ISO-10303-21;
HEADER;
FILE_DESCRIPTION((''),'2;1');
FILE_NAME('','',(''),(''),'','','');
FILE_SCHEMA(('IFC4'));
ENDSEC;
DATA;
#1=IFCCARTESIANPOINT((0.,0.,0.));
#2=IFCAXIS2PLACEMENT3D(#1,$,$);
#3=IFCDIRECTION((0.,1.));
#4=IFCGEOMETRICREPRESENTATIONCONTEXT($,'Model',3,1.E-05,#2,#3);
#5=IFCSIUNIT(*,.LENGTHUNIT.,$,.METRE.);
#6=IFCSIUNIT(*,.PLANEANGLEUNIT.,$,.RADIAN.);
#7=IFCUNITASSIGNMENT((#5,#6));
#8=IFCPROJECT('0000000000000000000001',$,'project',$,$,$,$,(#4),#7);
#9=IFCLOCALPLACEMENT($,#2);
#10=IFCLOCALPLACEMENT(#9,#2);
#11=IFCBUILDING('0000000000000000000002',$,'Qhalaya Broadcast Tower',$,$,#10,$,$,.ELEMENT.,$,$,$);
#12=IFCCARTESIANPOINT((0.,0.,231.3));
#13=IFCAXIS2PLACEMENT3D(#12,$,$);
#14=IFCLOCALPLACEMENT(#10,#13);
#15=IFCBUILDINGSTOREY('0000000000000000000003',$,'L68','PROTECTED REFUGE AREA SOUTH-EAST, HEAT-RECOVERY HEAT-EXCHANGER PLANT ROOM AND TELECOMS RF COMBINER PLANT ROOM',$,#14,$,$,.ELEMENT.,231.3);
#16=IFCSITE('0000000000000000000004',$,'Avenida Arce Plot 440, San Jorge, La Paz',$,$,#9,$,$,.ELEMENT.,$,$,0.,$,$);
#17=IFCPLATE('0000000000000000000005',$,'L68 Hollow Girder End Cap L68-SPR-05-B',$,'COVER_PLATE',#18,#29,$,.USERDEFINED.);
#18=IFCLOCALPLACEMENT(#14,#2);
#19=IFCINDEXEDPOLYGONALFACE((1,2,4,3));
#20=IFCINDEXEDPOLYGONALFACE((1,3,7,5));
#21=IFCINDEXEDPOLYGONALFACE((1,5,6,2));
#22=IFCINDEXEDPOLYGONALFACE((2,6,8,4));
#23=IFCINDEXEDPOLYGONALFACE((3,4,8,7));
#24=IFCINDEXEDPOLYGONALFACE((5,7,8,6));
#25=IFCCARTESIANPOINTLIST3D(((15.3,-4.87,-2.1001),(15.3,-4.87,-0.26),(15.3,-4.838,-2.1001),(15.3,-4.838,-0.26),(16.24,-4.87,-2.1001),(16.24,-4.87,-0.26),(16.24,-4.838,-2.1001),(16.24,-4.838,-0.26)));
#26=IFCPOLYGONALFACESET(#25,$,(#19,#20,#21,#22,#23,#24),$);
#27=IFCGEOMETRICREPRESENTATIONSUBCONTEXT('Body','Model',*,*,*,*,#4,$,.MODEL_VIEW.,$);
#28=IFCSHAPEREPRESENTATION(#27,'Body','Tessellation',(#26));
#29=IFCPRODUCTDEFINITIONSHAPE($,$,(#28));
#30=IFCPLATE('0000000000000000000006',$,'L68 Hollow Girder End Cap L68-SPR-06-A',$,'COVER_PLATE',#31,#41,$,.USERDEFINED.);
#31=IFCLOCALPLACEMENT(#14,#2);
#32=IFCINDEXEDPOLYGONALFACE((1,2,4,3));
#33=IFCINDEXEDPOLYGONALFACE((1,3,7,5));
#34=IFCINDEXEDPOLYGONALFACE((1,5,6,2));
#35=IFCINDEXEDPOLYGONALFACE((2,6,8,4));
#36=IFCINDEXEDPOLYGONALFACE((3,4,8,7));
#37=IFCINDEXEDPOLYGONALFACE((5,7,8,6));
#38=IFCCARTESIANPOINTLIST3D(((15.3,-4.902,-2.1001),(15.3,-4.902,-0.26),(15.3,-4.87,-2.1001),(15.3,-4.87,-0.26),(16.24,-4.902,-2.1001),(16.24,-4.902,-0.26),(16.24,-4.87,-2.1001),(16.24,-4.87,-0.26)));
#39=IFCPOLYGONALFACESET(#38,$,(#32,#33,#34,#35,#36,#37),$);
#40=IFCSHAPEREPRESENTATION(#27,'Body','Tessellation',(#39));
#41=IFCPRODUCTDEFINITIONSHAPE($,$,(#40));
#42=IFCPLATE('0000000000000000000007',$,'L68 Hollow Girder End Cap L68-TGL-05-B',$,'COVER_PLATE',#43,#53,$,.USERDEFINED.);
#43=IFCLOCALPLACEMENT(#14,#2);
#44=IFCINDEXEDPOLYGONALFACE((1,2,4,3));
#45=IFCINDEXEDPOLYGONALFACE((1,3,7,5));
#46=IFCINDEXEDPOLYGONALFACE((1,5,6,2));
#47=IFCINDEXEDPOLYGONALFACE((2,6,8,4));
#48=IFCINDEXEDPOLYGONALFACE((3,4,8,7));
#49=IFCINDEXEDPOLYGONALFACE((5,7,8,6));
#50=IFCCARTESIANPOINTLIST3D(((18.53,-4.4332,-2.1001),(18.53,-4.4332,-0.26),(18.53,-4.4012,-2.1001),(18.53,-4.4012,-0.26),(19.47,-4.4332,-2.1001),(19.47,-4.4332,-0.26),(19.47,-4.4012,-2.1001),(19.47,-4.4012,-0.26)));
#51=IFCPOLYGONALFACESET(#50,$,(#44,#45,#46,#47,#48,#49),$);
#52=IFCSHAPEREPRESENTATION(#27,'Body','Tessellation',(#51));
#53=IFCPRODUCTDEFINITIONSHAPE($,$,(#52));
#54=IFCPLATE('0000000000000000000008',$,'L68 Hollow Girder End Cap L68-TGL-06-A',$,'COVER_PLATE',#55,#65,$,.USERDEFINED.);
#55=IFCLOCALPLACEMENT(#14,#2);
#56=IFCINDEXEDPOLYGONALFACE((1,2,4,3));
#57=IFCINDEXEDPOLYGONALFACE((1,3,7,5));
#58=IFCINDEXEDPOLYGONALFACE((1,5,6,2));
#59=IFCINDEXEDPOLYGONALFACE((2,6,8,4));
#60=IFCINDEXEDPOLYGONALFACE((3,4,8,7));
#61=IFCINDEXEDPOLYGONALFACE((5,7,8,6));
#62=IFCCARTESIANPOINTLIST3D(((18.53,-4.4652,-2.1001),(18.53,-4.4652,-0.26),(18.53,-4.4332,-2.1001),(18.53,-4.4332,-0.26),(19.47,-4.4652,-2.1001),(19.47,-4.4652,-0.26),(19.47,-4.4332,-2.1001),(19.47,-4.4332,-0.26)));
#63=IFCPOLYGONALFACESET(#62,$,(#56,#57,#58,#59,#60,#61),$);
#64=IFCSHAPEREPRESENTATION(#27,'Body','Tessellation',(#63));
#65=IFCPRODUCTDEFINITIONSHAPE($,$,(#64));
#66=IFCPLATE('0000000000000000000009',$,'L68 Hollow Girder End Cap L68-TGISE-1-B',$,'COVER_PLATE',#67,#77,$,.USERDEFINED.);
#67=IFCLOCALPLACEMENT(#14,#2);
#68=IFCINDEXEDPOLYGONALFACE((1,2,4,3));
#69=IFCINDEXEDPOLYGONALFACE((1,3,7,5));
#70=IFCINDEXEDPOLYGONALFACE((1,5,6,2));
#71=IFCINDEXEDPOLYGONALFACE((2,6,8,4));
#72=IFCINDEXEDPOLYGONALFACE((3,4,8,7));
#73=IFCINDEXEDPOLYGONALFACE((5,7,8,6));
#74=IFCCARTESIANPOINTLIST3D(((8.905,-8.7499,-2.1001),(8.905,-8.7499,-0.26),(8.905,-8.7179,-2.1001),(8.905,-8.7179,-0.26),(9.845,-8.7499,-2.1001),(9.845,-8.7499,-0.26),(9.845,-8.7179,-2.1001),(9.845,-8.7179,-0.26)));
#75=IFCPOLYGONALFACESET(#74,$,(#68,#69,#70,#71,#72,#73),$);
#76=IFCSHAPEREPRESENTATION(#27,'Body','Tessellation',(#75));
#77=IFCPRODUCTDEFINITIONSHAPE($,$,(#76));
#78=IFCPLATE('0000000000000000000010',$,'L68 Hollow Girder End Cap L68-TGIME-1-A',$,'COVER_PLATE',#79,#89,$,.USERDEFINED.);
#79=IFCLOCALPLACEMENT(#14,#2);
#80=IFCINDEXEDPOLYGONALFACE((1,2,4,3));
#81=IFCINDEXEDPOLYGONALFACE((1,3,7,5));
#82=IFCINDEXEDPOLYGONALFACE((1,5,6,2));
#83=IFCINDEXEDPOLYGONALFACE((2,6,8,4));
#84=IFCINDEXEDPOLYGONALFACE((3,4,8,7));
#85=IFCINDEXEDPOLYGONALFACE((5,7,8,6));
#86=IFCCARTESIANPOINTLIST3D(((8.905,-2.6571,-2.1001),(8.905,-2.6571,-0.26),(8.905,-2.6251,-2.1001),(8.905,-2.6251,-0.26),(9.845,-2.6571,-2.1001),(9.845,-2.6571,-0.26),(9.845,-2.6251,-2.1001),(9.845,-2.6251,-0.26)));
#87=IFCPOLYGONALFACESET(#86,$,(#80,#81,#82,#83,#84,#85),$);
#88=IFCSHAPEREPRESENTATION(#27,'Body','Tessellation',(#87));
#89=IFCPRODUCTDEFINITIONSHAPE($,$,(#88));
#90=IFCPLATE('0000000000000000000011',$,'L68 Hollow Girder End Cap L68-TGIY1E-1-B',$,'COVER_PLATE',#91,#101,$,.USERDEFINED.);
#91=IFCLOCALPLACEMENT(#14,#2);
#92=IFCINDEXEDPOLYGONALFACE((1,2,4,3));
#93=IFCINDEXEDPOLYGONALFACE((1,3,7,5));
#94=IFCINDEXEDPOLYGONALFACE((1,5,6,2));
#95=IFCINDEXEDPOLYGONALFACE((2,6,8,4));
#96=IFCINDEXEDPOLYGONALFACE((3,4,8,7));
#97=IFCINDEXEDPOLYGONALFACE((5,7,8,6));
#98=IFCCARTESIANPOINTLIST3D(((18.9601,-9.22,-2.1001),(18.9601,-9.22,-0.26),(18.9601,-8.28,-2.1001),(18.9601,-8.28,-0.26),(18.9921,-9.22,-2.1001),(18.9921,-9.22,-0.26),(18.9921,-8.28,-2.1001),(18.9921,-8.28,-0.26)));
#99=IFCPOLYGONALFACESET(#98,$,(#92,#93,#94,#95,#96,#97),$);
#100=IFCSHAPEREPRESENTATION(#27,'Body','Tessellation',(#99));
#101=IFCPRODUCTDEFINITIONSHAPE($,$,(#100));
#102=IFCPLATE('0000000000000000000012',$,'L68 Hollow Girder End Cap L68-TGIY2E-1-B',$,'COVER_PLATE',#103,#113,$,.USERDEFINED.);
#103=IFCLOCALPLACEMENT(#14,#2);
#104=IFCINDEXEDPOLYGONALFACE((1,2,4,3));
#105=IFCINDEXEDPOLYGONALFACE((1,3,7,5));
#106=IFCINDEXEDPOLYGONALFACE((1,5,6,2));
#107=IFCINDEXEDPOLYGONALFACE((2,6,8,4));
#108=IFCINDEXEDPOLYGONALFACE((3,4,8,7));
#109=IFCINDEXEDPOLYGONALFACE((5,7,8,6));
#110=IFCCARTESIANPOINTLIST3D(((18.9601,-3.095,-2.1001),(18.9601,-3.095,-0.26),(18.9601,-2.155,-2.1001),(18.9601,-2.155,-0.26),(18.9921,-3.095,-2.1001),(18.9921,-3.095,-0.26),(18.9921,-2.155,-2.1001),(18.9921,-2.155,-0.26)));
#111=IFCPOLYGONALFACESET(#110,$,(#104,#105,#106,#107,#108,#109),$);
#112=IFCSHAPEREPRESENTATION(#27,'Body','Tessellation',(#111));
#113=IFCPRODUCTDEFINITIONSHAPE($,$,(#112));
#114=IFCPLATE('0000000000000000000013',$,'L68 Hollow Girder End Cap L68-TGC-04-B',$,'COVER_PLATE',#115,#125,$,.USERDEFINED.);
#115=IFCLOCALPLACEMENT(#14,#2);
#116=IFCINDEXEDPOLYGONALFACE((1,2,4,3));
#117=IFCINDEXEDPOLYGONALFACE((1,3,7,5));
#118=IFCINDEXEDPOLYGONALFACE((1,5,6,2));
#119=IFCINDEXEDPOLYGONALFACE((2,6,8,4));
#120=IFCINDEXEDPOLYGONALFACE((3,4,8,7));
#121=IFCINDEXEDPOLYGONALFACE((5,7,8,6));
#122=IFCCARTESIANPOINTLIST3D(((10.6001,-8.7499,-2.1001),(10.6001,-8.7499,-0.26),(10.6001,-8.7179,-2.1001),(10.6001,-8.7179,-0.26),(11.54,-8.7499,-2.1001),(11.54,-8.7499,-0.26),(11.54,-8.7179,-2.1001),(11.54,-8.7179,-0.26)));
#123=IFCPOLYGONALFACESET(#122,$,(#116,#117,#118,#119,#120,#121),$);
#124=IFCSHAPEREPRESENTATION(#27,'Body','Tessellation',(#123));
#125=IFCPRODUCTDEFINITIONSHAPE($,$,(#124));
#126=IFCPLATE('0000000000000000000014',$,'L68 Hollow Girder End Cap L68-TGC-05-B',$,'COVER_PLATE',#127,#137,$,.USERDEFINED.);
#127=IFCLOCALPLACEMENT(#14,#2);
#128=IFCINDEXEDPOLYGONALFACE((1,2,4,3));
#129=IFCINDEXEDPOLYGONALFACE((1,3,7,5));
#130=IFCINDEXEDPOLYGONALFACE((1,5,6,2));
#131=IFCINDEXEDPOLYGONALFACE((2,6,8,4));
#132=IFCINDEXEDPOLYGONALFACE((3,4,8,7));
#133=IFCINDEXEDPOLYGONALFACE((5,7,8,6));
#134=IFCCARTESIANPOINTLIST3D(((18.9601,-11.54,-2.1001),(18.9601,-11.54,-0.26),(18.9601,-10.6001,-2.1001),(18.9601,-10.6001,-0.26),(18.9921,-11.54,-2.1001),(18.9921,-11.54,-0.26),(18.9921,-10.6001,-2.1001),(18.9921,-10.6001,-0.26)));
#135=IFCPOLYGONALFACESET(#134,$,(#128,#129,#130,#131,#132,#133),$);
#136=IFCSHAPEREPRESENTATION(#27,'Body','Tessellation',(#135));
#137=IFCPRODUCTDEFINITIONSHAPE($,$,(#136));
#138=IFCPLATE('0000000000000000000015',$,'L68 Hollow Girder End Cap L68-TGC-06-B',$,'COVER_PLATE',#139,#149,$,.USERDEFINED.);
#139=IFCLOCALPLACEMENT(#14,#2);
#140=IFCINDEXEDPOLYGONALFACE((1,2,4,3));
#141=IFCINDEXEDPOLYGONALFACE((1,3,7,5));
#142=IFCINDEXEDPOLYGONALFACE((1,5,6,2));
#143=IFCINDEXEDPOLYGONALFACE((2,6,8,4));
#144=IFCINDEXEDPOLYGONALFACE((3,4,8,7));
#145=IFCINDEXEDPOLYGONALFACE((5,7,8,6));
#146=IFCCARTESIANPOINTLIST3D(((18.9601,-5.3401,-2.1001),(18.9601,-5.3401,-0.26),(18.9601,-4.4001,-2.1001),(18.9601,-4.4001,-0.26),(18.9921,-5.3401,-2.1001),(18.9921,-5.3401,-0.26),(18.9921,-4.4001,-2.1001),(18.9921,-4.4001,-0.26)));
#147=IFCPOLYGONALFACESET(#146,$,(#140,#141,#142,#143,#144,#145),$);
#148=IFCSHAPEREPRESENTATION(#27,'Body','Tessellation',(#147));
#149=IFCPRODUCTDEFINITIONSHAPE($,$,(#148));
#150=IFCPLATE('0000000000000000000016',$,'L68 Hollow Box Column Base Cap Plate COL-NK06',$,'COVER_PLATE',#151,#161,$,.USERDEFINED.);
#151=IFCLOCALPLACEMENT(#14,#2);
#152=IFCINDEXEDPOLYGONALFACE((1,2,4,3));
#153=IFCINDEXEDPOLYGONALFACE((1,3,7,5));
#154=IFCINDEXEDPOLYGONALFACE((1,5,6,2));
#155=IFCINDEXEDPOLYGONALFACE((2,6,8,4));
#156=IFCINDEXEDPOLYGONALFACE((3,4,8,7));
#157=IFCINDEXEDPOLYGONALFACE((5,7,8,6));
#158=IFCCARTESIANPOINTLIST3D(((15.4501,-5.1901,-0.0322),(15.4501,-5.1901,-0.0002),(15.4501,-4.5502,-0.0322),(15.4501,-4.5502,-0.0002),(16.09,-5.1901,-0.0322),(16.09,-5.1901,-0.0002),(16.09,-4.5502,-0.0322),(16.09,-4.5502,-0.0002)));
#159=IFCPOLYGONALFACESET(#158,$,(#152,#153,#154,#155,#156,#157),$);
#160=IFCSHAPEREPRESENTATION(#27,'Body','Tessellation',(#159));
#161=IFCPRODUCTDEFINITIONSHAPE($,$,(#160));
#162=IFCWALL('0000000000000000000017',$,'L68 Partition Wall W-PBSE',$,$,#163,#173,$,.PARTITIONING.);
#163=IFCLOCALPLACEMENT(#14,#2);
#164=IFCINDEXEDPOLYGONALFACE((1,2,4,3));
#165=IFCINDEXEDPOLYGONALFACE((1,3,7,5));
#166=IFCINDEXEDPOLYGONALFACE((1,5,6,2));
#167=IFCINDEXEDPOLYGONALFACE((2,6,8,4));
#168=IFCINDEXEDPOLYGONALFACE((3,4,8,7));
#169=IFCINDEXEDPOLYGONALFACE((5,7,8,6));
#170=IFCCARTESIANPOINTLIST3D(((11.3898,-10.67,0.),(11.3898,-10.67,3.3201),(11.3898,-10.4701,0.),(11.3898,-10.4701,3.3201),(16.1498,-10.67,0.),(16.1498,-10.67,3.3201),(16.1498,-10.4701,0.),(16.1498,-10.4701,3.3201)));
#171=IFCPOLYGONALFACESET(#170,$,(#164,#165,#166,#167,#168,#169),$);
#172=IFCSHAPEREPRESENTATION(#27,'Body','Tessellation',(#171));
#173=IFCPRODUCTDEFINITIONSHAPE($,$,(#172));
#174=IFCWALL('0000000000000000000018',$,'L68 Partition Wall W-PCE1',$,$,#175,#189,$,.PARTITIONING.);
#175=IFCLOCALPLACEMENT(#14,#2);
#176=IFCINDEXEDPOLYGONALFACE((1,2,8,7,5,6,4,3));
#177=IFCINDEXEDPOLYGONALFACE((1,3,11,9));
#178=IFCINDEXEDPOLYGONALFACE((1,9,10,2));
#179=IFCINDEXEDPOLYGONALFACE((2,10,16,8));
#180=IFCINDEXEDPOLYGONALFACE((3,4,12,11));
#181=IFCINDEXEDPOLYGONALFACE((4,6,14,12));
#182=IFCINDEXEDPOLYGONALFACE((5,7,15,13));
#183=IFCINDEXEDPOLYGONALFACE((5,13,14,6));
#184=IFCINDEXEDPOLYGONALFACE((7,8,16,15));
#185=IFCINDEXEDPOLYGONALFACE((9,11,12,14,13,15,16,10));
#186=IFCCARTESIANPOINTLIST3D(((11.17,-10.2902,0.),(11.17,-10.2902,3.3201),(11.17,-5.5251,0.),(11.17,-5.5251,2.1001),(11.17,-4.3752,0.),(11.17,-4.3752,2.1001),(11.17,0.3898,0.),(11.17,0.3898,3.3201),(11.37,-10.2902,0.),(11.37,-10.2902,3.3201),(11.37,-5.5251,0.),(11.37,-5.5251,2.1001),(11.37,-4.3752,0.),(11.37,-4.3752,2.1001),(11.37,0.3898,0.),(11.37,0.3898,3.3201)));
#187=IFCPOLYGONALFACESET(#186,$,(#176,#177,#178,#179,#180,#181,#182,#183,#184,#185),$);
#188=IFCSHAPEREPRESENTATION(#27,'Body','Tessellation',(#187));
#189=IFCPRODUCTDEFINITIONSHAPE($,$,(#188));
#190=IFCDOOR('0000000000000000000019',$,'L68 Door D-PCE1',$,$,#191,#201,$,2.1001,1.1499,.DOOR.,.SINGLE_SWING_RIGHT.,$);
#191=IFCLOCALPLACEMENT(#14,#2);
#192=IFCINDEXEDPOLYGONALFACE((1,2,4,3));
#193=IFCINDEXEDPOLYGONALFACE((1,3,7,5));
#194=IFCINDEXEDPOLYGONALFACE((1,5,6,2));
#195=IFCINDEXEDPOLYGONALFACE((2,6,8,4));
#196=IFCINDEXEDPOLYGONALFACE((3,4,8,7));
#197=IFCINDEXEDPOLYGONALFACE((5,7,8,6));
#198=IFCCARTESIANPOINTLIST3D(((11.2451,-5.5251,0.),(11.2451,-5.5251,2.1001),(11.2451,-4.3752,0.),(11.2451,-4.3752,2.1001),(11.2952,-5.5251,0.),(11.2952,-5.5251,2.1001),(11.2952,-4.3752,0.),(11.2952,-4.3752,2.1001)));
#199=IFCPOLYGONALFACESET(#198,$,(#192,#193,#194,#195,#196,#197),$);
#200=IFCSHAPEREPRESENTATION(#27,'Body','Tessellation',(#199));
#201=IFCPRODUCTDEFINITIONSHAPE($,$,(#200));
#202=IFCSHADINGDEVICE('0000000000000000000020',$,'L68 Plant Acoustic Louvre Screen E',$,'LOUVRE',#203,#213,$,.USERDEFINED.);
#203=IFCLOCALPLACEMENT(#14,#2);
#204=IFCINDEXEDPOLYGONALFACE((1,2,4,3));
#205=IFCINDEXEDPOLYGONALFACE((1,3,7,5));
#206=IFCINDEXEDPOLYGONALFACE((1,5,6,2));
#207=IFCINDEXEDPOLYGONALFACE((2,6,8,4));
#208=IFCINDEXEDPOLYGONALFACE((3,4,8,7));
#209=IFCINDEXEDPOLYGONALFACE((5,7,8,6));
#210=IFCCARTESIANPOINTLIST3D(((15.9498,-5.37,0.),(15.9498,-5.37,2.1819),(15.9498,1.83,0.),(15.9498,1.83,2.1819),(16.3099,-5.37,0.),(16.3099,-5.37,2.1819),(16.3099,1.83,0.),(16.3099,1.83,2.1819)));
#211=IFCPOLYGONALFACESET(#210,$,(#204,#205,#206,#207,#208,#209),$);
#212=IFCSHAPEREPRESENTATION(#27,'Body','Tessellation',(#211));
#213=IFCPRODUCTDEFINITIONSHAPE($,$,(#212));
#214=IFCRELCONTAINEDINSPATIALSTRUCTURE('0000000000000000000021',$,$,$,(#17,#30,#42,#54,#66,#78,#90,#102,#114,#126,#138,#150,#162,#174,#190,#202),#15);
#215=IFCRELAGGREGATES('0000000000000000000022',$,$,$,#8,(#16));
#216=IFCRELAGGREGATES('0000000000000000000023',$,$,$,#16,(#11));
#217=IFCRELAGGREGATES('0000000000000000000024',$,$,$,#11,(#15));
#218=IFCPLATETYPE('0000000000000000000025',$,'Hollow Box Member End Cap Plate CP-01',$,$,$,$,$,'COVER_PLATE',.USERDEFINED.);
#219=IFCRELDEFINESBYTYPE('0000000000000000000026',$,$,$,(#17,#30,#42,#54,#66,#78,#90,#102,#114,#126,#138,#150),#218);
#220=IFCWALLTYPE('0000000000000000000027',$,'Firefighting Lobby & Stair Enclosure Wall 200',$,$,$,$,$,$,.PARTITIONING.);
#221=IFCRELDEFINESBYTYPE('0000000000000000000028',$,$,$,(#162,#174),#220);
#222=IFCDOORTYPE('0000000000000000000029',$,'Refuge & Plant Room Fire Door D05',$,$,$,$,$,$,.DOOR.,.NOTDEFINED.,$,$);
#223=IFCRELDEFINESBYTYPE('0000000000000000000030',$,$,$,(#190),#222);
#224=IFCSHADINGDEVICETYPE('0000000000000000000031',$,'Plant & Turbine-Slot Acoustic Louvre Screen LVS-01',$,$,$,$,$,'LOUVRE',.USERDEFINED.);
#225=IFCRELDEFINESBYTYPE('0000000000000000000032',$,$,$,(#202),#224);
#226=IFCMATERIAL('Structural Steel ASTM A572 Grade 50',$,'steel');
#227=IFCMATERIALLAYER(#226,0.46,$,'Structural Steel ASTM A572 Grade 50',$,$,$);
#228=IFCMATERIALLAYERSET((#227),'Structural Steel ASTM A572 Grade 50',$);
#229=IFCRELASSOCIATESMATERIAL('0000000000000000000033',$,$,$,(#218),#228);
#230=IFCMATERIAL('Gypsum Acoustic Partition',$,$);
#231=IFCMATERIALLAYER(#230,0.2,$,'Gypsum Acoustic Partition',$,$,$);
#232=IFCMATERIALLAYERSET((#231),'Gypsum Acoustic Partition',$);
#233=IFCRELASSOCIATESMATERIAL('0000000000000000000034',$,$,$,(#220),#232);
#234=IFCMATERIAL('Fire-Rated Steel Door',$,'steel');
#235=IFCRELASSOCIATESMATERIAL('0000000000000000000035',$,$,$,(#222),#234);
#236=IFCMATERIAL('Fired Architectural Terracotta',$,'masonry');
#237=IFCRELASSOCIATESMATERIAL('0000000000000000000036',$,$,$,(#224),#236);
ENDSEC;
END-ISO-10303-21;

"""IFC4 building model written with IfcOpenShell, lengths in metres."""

from ifc_helpers import new_model, si_unit, direction, frame, frame_2d, origin, origin_2d, place, context, subcontext, project, spatial, rectangle, extrude, material, layer, layer_set, type_object, element, fill, save


model = new_model("IFC4")

# Units and contexts
model_context = context("Model", 3, precision=1e-05, world=origin(), true_north=direction((0.0, 1.0)))
body_context = subcontext(model_context, "Body", "Model", "MODEL_VIEW")
ifc_project = project(units=[si_unit("LENGTHUNIT", "METRE"), si_unit("PLANEANGLEUNIT", "RADIAN")], contexts=[model_context])

# Site, building, storey
site_placement = place(None, origin())
site = spatial("IfcSite", under=ifc_project, at=site_placement, Name="Avenida Arce Plot 440, San Jorge, La Paz", CompositionType="ELEMENT", RefElevation=0.0)
building_placement = place(site_placement, origin())
building = spatial("IfcBuilding", under=site, at=building_placement, Name="Qhalaya Broadcast Tower", CompositionType="ELEMENT")
storey_placement = place(building_placement, frame((0.0, 0.0, 231.3)))
storey = spatial("IfcBuildingStorey", under=building, at=storey_placement, Name="L68", Description="PROTECTED REFUGE AREA SOUTH-EAST, HEAT-RECOVERY HEAT-EXCHANGER PLANT ROOM AND TELECOMS RF COMBINER PLANT ROOM", CompositionType="ELEMENT", Elevation=231.3)

# Shared definitions
ifc_material_1 = material(Name="Structural Steel ASTM A572 Grade 50", Category="steel")

# Plates
ifc_layer_1 = layer(ifc_material_1, 0.46, Name="Structural Steel ASTM A572 Grade 50")
ifc_layer_set_1 = layer_set([ifc_layer_1], Name="Structural Steel ASTM A572 Grade 50")
plate_type = type_object("IfcPlateType", Name="Hollow Box Member End Cap Plate CP-01", ElementType="COVER_PLATE", PredefinedType="USERDEFINED", material=ifc_layer_set_1)
for number, where, z_axis, x_axis, name in (
    (1, (15.77, -4.854, -2.1001), (0.0, 0.0, 1.0), (-1.0, 0.0, 0.0), "L68 Hollow Girder End Cap L68-SPR-05-B"),
    (2, (15.77, -4.886, -2.1001), (0.0, 0.0, 1.0), (-1.0, 0.0, 0.0), "L68 Hollow Girder End Cap L68-SPR-06-A"),
    (3, (19.0, -4.4172, -2.1001), (0.0, 0.0, 1.0), (-1.0, 0.0, 0.0), "L68 Hollow Girder End Cap L68-TGL-05-B"),
    (4, (19.0, -4.4492, -2.1001), (0.0, 0.0, 1.0), (-1.0, 0.0, 0.0), "L68 Hollow Girder End Cap L68-TGL-06-A"),
    (5, (9.375, -8.7339, -2.1001), (0.0, 0.0, 1.0), (-1.0, 0.0, 0.0), "L68 Hollow Girder End Cap L68-TGISE-1-B"),
    (6, (9.375, -2.6411, -2.1001), (0.0, 0.0, 1.0), (-1.0, 0.0, 0.0), "L68 Hollow Girder End Cap L68-TGIME-1-A"),
    (7, (18.9761, -8.75, -2.1001), (0.0, 0.0, 1.0), (0.0, 1.0, 0.0), "L68 Hollow Girder End Cap L68-TGIY1E-1-B"),
    (8, (18.9761, -2.625, -2.1001), (0.0, 0.0, 1.0), (0.0, 1.0, 0.0), "L68 Hollow Girder End Cap L68-TGIY2E-1-B"),
    (9, (11.0701, -8.7339, -2.1001), (0.0, 0.0, 1.0), (-1.0, 0.0, 0.0), "L68 Hollow Girder End Cap L68-TGC-04-B"),
    (10, (18.9761, -11.0701, -2.1001), (0.0, 0.0, 1.0), (0.0, 1.0, 0.0), "L68 Hollow Girder End Cap L68-TGC-05-B"),
    (11, (18.9761, -4.8701, -2.1001), (0.0, 0.0, 1.0), (0.0, 1.0, 0.0), "L68 Hollow Girder End Cap L68-TGC-06-B"),
):
    element("IfcPlate", number, at=place(storey_placement, frame(where, z_axis=z_axis, x_axis=x_axis)), inside=storey, type_object=plate_type, Name=name, ObjectType="COVER_PLATE", PredefinedType="USERDEFINED", context=body_context, shape_type="SweptSolid", body=[
        extrude(rectangle(XDim=0.9399, YDim=0.032, at=origin_2d()), origin(), (0.0, 0.0, 1.0), 1.8401),
    ])
plate_placement = place(storey_placement, frame((15.77, -4.8701, -0.0322), z_axis=(0.0, 0.0, 1.0), x_axis=(0.0, 1.0, 0.0)))
element("IfcPlate", 12, at=plate_placement, inside=storey, type_object=plate_type, Name="L68 Hollow Box Column Base Cap Plate COL-NK06", ObjectType="COVER_PLATE", PredefinedType="USERDEFINED", context=body_context, shape_type="SweptSolid", body=[
    extrude(rectangle(XDim=0.6399, YDim=0.6399, at=origin_2d()), origin(), (0.0, 0.0, 1.0), 0.032),
])

# Wall
ifc_material_2 = material(Name="Gypsum Acoustic Partition")
ifc_layer_2 = layer(ifc_material_2, 0.2, Name="Gypsum Acoustic Partition")
ifc_layer_set_2 = layer_set([ifc_layer_2], Name="Gypsum Acoustic Partition")
wall_type = type_object("IfcWallType", Name="Firefighting Lobby & Stair Enclosure Wall 200", PredefinedType="PARTITIONING", material=ifc_layer_set_2)
wall_1_placement = place(storey_placement, frame((11.3899, -10.5701, 0.0), z_axis=(0.0, 0.0, 1.0), x_axis=(1.0, 0.0, 0.0)))
element("IfcWall", 13, at=wall_1_placement, inside=storey, type_object=wall_type, Name="L68 Partition Wall W-PBSE", PredefinedType="PARTITIONING", context=body_context, shape_type="SweptSolid", body=[
    extrude(rectangle(XDim=4.76, YDim=0.2, at=frame_2d((2.3799, 0.0))), origin(), (0.0, 0.0, 1.0), 3.3201),
])

# Wall, opening, door
wall_2_placement = place(storey_placement, frame((11.27, -10.29, 0.0), z_axis=(0.0, 0.0, 1.0), x_axis=(0.0, 1.0, 0.0)))
wall_2 = element("IfcWall", 14, at=wall_2_placement, inside=storey, type_object=wall_type, Name="L68 Partition Wall W-PCE1", PredefinedType="PARTITIONING", context=body_context, shape_type="SweptSolid", body=[
    extrude(rectangle(XDim=10.6799, YDim=0.2, at=frame_2d((5.3398, 0.0))), origin(), (0.0, 0.0, 1.0), 3.3201),
])
opening_placement = place(wall_2_placement, frame((4.7649, 0.0, 0.0)))
opening = element("IfcOpeningElement", 15, at=opening_placement, cuts=wall_2, PredefinedType="OPENING", context=body_context, shape_type="SweptSolid", body=[
    extrude(rectangle(XDim=1.1499, YDim=2.1001, at=frame_2d((0.575, 1.05))), frame((0.0, 0.1121, 0.0), z_axis=(0.0, -1.0, 0.0), x_axis=(1.0, 0.0, 0.0)), (0.0, 0.0, 1.0), 0.2239),
])
ifc_material_3 = material(Name="Fire-Rated Steel Door", Category="steel")
door_type = type_object("IfcDoorType", Name="Refuge & Plant Room Fire Door D05", OperationType="NOTDEFINED", PredefinedType="DOOR", material=ifc_material_3)
door_placement = place(opening_placement, origin())
door = element("IfcDoor", 16, at=door_placement, inside=storey, type_object=door_type, Name="L68 Door D-PCE1", OperationType="SINGLE_SWING_RIGHT", OverallHeight=2.1001, OverallWidth=1.1499, PredefinedType="DOOR", context=body_context, shape_type="SweptSolid", body=[
    extrude(rectangle(XDim=1.1499, YDim=2.1001, at=frame_2d((0.575, 1.05))), frame((0.0, 0.0249, 0.0), z_axis=(0.0, -1.0, 0.0), x_axis=(1.0, 0.0, 0.0)), (0.0, 0.0, 1.0), 0.05),
])
fill(opening, door)

# Shading device
ifc_material_4 = material(Name="Fired Architectural Terracotta", Category="masonry")
shading_device_type = type_object("IfcShadingDeviceType", Name="Plant & Turbine-Slot Acoustic Louvre Screen LVS-01", ElementType="LOUVRE", PredefinedType="USERDEFINED", material=ifc_material_4)
shading_device_placement = place(storey_placement, frame((16.1299, -1.77, 0.0), z_axis=(0.0, 0.0, 1.0), x_axis=(0.0, -1.0, 0.0)))
element("IfcShadingDevice", 17, at=shading_device_placement, inside=storey, type_object=shading_device_type, Name="L68 Plant Acoustic Louvre Screen E", ObjectType="LOUVRE", PredefinedType="USERDEFINED", context=body_context, shape_type="SweptSolid", body=[
    extrude(rectangle(XDim=7.2, YDim=0.3601, at=origin_2d()), origin(), (0.0, 0.0, 1.0), 2.1819),
])

save(model, "model.ifc")
